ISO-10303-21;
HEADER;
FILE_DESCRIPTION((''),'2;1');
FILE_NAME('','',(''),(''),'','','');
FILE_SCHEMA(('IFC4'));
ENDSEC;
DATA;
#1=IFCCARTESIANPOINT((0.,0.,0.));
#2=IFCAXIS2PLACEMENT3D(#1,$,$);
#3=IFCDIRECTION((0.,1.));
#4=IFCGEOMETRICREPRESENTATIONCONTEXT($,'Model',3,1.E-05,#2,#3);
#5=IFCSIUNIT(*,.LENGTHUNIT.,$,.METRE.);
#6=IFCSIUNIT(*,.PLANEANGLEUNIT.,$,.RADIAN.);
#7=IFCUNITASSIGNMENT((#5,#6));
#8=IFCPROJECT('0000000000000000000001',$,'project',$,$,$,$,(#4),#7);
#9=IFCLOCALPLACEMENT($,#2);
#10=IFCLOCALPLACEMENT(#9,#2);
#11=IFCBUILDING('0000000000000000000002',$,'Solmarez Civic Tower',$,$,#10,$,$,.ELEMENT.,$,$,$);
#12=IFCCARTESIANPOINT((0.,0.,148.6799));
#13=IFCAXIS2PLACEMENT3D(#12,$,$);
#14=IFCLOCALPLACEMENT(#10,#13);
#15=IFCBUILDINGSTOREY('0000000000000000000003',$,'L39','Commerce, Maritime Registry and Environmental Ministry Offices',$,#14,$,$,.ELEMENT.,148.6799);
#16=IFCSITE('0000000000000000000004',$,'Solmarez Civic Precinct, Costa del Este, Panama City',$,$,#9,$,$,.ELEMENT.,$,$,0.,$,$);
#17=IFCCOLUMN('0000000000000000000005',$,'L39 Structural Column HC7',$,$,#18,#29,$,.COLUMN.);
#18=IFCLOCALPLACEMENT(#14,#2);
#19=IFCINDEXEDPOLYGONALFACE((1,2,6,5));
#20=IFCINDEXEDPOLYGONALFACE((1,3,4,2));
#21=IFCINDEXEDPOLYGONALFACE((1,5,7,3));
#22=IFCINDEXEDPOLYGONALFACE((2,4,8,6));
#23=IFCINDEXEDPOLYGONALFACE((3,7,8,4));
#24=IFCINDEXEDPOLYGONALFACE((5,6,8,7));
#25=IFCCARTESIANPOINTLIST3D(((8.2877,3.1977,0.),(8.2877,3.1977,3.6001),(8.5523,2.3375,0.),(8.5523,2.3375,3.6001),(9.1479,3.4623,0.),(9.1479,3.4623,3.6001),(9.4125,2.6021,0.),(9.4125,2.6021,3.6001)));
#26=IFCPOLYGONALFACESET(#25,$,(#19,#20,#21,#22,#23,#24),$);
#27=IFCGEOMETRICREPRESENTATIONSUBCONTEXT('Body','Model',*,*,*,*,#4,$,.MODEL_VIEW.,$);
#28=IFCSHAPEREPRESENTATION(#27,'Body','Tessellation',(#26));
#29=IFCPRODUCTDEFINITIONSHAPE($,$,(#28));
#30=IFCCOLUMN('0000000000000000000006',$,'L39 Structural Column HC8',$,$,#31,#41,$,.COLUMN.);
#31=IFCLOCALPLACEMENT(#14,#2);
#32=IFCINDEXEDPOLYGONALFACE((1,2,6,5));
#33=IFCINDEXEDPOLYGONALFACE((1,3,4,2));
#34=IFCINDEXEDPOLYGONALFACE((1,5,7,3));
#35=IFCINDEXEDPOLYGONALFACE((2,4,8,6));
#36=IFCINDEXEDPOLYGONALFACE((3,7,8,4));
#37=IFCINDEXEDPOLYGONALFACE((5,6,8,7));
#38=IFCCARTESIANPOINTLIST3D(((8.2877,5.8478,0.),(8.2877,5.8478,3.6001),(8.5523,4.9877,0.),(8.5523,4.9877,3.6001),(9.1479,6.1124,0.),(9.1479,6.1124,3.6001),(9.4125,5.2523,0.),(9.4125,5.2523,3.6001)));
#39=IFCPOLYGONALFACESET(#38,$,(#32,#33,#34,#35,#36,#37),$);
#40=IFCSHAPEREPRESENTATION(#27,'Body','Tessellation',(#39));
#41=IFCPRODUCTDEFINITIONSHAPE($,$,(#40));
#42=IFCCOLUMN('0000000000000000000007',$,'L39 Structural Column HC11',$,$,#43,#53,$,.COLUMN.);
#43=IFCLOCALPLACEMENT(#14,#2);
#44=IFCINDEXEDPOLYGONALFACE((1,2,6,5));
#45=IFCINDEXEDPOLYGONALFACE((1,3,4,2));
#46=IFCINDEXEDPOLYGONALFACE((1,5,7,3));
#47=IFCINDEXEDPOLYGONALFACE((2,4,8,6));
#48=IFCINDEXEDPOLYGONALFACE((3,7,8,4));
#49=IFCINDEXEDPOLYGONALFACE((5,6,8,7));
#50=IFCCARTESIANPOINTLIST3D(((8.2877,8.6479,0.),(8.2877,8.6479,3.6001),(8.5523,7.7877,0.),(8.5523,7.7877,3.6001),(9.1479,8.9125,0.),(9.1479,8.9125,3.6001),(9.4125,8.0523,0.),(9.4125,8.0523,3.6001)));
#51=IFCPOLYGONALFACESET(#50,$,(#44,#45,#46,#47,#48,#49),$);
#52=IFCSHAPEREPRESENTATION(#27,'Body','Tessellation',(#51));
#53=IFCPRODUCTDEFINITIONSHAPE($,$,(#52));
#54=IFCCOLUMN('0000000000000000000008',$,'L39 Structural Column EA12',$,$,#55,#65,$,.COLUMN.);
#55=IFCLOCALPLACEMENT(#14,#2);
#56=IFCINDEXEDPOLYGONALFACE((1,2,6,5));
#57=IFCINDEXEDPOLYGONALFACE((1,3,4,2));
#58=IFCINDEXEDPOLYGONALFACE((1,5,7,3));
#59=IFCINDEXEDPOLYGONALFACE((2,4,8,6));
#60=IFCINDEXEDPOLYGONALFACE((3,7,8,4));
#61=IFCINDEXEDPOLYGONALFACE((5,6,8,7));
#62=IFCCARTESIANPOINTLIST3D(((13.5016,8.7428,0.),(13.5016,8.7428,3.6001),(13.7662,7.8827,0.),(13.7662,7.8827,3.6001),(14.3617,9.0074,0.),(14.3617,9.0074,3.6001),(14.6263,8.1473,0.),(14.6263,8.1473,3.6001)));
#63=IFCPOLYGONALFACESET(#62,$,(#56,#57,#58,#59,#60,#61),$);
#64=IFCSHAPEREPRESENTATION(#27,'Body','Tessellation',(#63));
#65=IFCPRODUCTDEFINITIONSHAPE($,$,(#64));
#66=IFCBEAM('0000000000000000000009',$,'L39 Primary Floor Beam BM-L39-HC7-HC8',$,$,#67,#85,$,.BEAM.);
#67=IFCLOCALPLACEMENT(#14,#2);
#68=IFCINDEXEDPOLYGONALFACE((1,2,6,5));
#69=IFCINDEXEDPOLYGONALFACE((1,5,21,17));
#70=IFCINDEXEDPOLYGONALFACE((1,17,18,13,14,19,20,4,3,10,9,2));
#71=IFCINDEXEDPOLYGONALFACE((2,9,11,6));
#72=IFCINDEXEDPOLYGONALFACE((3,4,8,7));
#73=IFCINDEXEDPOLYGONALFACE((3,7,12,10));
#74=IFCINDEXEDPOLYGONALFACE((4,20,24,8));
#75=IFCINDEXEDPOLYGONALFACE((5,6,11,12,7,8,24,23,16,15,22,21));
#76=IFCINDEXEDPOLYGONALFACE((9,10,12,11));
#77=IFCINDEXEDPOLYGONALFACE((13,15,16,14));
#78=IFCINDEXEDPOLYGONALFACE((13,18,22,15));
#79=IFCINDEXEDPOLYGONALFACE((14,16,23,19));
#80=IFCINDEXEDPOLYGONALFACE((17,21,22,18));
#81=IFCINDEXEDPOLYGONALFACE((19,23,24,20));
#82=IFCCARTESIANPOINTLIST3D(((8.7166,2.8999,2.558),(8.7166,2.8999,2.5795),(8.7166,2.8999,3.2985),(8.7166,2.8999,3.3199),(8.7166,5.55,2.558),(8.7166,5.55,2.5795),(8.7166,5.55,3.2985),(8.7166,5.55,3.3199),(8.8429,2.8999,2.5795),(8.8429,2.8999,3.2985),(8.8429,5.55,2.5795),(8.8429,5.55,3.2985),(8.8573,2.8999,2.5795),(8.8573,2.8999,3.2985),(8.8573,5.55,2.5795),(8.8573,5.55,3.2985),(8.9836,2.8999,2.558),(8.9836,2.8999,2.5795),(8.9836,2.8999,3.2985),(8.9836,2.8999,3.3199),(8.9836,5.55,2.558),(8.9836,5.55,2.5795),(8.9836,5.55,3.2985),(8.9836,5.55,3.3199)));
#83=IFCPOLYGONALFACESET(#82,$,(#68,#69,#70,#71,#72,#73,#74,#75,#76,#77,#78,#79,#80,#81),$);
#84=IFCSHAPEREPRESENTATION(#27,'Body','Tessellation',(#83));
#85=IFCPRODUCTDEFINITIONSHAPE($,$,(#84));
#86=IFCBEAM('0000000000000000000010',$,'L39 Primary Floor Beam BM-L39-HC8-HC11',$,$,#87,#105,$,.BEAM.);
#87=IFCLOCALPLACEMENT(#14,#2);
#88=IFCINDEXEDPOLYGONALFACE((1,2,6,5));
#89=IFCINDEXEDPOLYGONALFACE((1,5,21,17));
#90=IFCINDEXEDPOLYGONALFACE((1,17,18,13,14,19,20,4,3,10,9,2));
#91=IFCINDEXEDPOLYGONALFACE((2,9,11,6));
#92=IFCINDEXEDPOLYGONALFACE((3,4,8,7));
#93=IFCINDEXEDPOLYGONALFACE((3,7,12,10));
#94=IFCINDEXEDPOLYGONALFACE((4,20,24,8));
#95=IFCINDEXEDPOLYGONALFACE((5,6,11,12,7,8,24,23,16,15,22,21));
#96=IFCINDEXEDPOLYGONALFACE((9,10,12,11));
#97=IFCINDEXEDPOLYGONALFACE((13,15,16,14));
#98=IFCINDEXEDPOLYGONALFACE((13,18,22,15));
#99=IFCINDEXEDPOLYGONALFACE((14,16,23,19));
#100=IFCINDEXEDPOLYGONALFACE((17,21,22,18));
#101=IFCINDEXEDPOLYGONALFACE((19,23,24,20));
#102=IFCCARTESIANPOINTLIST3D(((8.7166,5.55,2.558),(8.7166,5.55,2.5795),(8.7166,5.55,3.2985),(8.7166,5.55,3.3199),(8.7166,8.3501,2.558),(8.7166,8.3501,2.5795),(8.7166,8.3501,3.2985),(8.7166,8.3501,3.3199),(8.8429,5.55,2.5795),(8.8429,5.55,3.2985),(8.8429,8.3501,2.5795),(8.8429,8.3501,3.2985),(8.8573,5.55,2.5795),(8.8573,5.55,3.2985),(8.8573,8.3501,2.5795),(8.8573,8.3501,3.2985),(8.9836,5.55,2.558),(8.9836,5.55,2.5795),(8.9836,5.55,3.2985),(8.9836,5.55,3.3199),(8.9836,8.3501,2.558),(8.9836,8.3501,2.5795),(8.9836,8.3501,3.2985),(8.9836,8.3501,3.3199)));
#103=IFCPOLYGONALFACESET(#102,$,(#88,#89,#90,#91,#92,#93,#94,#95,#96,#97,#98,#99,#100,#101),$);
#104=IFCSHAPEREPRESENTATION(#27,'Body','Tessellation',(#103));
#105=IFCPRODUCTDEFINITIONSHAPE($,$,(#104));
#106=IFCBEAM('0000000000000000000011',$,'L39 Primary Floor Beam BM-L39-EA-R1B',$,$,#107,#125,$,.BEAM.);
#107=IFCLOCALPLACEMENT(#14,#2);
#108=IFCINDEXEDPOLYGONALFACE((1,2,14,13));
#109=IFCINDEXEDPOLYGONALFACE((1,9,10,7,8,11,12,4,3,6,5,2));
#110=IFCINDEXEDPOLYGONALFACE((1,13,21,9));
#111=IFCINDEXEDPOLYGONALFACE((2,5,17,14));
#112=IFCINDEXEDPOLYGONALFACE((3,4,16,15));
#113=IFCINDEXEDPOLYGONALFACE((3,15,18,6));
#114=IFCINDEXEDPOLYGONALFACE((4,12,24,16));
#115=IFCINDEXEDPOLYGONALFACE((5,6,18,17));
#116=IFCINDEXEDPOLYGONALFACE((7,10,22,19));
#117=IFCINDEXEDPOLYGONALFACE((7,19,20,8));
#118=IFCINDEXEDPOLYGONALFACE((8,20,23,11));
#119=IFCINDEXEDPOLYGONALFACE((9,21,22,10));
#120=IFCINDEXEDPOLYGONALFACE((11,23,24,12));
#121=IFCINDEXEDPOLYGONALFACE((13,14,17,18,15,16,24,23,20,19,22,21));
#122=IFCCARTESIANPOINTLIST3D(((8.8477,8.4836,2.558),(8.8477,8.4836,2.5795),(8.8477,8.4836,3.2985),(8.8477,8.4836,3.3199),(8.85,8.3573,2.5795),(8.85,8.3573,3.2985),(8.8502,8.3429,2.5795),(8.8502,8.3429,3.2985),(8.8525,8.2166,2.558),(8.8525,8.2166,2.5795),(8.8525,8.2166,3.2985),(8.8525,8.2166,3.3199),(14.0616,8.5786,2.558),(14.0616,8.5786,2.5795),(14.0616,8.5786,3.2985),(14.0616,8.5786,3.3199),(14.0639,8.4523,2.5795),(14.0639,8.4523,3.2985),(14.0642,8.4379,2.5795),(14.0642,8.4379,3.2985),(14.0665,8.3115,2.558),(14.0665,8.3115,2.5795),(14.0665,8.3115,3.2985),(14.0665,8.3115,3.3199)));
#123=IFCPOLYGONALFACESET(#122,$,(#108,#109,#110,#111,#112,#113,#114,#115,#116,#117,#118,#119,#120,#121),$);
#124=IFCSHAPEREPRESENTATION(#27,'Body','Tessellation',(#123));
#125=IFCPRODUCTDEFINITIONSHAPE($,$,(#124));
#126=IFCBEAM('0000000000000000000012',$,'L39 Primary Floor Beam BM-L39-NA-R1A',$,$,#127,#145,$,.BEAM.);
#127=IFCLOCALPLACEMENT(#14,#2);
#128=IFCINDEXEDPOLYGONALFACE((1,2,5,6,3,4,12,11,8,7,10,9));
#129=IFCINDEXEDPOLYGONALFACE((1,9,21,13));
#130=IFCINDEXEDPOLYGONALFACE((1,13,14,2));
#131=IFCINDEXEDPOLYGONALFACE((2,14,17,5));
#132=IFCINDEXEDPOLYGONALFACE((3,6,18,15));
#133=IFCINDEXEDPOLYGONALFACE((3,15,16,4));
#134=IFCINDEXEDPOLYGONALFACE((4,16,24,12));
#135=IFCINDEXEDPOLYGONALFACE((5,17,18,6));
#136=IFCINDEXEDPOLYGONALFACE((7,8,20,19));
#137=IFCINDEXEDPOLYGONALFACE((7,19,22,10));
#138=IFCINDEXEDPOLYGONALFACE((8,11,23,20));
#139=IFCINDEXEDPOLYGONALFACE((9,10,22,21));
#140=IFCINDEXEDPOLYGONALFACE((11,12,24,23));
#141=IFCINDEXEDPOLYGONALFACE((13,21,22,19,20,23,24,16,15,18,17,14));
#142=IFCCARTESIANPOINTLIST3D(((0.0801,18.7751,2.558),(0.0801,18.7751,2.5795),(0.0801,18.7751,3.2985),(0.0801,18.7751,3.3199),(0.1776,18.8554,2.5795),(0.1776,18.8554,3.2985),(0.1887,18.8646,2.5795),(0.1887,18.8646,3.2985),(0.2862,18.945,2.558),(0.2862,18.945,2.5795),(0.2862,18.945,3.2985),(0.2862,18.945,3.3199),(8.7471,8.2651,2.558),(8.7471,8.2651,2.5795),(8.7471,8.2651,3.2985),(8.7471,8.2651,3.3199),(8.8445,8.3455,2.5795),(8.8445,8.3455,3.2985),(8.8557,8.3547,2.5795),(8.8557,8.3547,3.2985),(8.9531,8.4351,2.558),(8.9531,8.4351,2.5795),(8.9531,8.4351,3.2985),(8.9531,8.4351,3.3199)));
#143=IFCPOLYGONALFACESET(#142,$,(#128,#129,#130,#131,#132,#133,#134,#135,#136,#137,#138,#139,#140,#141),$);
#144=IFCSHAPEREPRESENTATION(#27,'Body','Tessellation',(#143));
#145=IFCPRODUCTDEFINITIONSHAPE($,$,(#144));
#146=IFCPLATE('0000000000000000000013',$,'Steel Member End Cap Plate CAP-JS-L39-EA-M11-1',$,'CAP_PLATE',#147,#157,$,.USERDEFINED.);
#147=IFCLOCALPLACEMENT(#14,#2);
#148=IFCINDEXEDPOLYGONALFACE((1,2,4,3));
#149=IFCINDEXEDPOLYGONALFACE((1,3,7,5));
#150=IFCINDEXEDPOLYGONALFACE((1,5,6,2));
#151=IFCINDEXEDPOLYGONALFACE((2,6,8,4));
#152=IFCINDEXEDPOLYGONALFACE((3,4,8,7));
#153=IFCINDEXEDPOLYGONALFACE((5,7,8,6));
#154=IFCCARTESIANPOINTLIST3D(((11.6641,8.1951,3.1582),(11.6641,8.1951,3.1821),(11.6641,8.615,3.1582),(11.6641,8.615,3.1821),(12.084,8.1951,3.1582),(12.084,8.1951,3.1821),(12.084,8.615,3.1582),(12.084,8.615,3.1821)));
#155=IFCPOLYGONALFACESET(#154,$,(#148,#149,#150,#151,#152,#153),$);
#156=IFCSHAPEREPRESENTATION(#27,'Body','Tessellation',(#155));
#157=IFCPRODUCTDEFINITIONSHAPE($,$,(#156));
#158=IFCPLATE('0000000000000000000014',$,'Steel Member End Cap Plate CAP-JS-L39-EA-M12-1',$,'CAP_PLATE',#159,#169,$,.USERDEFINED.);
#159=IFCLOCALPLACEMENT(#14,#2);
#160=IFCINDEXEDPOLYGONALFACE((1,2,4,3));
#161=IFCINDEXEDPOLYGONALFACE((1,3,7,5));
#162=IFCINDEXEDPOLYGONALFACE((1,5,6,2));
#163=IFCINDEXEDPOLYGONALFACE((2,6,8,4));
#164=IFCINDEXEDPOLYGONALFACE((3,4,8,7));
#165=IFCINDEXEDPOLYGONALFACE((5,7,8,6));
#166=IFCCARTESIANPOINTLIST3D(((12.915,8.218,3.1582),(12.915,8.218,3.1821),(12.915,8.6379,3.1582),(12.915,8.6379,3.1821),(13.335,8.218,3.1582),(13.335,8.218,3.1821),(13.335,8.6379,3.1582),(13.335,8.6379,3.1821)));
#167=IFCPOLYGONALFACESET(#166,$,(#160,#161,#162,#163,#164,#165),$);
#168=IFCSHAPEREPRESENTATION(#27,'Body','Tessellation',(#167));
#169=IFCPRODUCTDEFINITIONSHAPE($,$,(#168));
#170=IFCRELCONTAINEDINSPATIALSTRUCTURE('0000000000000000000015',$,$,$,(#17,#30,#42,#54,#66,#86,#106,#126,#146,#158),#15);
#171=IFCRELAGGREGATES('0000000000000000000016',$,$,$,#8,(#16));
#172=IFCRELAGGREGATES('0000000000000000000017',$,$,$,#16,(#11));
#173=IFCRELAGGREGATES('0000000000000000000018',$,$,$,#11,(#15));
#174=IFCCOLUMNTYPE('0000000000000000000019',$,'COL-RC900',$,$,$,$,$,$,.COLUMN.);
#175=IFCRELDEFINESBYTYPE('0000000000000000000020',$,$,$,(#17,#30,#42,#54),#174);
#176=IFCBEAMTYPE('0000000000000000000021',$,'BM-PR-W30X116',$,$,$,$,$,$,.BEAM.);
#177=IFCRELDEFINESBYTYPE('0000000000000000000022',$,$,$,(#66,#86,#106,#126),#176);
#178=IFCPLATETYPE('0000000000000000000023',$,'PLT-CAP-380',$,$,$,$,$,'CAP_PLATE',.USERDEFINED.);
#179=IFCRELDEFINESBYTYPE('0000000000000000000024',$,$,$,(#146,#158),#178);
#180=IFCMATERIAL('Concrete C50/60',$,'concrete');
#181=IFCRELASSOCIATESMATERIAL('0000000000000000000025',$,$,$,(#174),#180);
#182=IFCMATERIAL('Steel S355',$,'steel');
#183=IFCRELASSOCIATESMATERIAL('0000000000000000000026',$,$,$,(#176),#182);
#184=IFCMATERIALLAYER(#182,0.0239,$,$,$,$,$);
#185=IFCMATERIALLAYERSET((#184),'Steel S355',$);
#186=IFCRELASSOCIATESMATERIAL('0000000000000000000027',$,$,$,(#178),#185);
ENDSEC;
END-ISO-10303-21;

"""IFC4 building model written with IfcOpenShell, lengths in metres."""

from ifc_helpers import new_model, si_unit, direction, frame, origin, origin_2d, place, context, subcontext, project, spatial, rectangle, i_section, extrude, material, layer, layer_set, material_profile, profile_set, type_object, element, save


model = new_model("IFC4")

# Units and contexts
model_context = context("Model", 3, precision=1e-05, world=origin(), true_north=direction((0.0, 1.0)))
body_context = subcontext(model_context, "Body", "Model", "MODEL_VIEW")
ifc_project = project(units=[si_unit("LENGTHUNIT", "METRE"), si_unit("PLANEANGLEUNIT", "RADIAN")], contexts=[model_context])

# Site, building, storey
site_placement = place(None, origin())
site = spatial("IfcSite", under=ifc_project, at=site_placement, Name="Solmarez Civic Precinct, Costa del Este, Panama City", CompositionType="ELEMENT", RefElevation=0.0)
building_placement = place(site_placement, origin())
building = spatial("IfcBuilding", under=site, at=building_placement, Name="Solmarez Civic Tower", CompositionType="ELEMENT")
storey_placement = place(building_placement, frame((0.0, 0.0, 148.6799)))
storey = spatial("IfcBuildingStorey", under=building, at=storey_placement, Name="L39", Description="Commerce, Maritime Registry and Environmental Ministry Offices", CompositionType="ELEMENT", Elevation=148.6799)

# Columns
ifc_material_1 = material(Name="Concrete C50/60", Category="concrete")
ifc_material_profile_1 = material_profile(ifc_material_1, rectangle(XDim=0.8999, YDim=0.8999, at=origin_2d()), Name="RC900X900")
ifc_profile_set_1 = profile_set([ifc_material_profile_1], Name="Concrete C50/60")
column_type = type_object("IfcColumnType", Name="COL-RC900", PredefinedType="COLUMN", material=ifc_profile_set_1)
for number, where, z_axis, x_axis, name in (
    (1, (8.8501, 2.8999, 0.0), (0.0, 0.0, 1.0), (0.955793, 0.29404, 0.0), "L39 Structural Column HC7"),
    (2, (8.8501, 5.55, 0.0), (0.0, 0.0, 1.0), (0.955793, 0.29404, 0.0), "L39 Structural Column HC8"),
    (3, (8.8501, 8.3501, 0.0), (0.0, 0.0, 1.0), (0.955793, 0.29404, 0.0), "L39 Structural Column HC11"),
    (4, (14.064, 8.4451, 0.0), (0.0, 0.0, 1.0), (0.955793, 0.29404, 0.0), "L39 Structural Column EA12"),
):
    element("IfcColumn", number, at=place(storey_placement, frame(where, z_axis=z_axis, x_axis=x_axis)), inside=storey, type_object=column_type, Name=name, PredefinedType="COLUMN", context=body_context, shape_type="SweptSolid", body=[
        extrude(rectangle(XDim=0.8999, YDim=0.8999, at=origin_2d()), origin(), (0.0, 0.0, 1.0), 3.6001),
    ])

# Beams
ifc_material_2 = material(Name="Steel S355", Category="steel")
ifc_material_profile_2 = material_profile(ifc_material_2, i_section(OverallWidth=0.2671, OverallDepth=0.762, WebThickness=0.0144, FlangeThickness=0.0215, at=origin_2d()), Name="W30X116")
ifc_profile_set_2 = profile_set([ifc_material_profile_2], Name="Steel S355")
beam_type = type_object("IfcBeamType", Name="BM-PR-W30X116", PredefinedType="BEAM", material=ifc_profile_set_2)
beam_1_placement = place(storey_placement, frame((8.8501, 2.8999, 2.939), z_axis=(0.0, 1.0, 0.0), x_axis=(-1.0, 0.0, 0.0)))
element("IfcBeam", 5, at=beam_1_placement, inside=storey, type_object=beam_type, Name="L39 Primary Floor Beam BM-L39-HC7-HC8", PredefinedType="BEAM", context=body_context, shape_type="SweptSolid", body=[
    extrude(i_section(OverallWidth=0.2671, OverallDepth=0.762, WebThickness=0.0144, FlangeThickness=0.0215, at=origin_2d()), origin(), (0.0, 0.0, 1.0), 2.6501),
])
beam_2_placement = place(storey_placement, frame((8.8501, 5.55, 2.939), z_axis=(0.0, 1.0, 0.0), x_axis=(-1.0, 0.0, 0.0)))
element("IfcBeam", 6, at=beam_2_placement, inside=storey, type_object=beam_type, Name="L39 Primary Floor Beam BM-L39-HC8-HC11", PredefinedType="BEAM", context=body_context, shape_type="SweptSolid", body=[
    extrude(i_section(OverallWidth=0.2671, OverallDepth=0.762, WebThickness=0.0144, FlangeThickness=0.0215, at=origin_2d()), origin(), (0.0, 0.0, 1.0), 2.8),
])
beam_3_placement = place(storey_placement, frame((8.8501, 8.3501, 2.939), z_axis=(0.999834, 0.018212, 0.0), x_axis=(-0.018212, 0.999834, 0.0)))
element("IfcBeam", 7, at=beam_3_placement, inside=storey, type_object=beam_type, Name="L39 Primary Floor Beam BM-L39-EA-R1B", PredefinedType="BEAM", context=body_context, shape_type="SweptSolid", body=[
    extrude(i_section(OverallWidth=0.2671, OverallDepth=0.762, WebThickness=0.0144, FlangeThickness=0.0215, at=origin_2d()), origin(), (0.0, 0.0, 1.0), 5.2148),
])
beam_4_placement = place(storey_placement, frame((8.8501, 8.3501, 2.939), z_axis=(-0.636218, 0.771509, 0.0), x_axis=(-0.771509, -0.636218, 0.0)))
element("IfcBeam", 8, at=beam_4_placement, inside=storey, type_object=beam_type, Name="L39 Primary Floor Beam BM-L39-NA-R1A", PredefinedType="BEAM", context=body_context, shape_type="SweptSolid", body=[
    extrude(i_section(OverallWidth=0.2671, OverallDepth=0.762, WebThickness=0.0144, FlangeThickness=0.0215, at=origin_2d()), origin(), (0.0, 0.0, 1.0), 13.6226),
])

# Plates
ifc_layer_1 = layer(ifc_material_2, 0.0239)
ifc_layer_set_1 = layer_set([ifc_layer_1], Name="Steel S355")
plate_type = type_object("IfcPlateType", Name="PLT-CAP-380", ElementType="CAP_PLATE", PredefinedType="USERDEFINED", material=ifc_layer_set_1)
for number, where, z_axis, x_axis, name in (
    (9, (11.874, 8.405, 3.1582), (0.0, 0.0, 1.0), (1.0, 0.0, 0.0), "Steel Member End Cap Plate CAP-JS-L39-EA-M11-1"),
    (10, (13.125, 8.428, 3.1582), (0.0, 0.0, 1.0), (1.0, 0.0, 0.0), "Steel Member End Cap Plate CAP-JS-L39-EA-M12-1"),
):
    element("IfcPlate", number, at=place(storey_placement, frame(where, z_axis=z_axis, x_axis=x_axis)), inside=storey, type_object=plate_type, Name=name, ObjectType="CAP_PLATE", PredefinedType="USERDEFINED", context=body_context, shape_type="SweptSolid", body=[
        extrude(rectangle(XDim=0.4199, YDim=0.4199, at=origin_2d()), origin(), (0.0, 0.0, 1.0), 0.0239),
    ])

save(model, "model.ifc")
